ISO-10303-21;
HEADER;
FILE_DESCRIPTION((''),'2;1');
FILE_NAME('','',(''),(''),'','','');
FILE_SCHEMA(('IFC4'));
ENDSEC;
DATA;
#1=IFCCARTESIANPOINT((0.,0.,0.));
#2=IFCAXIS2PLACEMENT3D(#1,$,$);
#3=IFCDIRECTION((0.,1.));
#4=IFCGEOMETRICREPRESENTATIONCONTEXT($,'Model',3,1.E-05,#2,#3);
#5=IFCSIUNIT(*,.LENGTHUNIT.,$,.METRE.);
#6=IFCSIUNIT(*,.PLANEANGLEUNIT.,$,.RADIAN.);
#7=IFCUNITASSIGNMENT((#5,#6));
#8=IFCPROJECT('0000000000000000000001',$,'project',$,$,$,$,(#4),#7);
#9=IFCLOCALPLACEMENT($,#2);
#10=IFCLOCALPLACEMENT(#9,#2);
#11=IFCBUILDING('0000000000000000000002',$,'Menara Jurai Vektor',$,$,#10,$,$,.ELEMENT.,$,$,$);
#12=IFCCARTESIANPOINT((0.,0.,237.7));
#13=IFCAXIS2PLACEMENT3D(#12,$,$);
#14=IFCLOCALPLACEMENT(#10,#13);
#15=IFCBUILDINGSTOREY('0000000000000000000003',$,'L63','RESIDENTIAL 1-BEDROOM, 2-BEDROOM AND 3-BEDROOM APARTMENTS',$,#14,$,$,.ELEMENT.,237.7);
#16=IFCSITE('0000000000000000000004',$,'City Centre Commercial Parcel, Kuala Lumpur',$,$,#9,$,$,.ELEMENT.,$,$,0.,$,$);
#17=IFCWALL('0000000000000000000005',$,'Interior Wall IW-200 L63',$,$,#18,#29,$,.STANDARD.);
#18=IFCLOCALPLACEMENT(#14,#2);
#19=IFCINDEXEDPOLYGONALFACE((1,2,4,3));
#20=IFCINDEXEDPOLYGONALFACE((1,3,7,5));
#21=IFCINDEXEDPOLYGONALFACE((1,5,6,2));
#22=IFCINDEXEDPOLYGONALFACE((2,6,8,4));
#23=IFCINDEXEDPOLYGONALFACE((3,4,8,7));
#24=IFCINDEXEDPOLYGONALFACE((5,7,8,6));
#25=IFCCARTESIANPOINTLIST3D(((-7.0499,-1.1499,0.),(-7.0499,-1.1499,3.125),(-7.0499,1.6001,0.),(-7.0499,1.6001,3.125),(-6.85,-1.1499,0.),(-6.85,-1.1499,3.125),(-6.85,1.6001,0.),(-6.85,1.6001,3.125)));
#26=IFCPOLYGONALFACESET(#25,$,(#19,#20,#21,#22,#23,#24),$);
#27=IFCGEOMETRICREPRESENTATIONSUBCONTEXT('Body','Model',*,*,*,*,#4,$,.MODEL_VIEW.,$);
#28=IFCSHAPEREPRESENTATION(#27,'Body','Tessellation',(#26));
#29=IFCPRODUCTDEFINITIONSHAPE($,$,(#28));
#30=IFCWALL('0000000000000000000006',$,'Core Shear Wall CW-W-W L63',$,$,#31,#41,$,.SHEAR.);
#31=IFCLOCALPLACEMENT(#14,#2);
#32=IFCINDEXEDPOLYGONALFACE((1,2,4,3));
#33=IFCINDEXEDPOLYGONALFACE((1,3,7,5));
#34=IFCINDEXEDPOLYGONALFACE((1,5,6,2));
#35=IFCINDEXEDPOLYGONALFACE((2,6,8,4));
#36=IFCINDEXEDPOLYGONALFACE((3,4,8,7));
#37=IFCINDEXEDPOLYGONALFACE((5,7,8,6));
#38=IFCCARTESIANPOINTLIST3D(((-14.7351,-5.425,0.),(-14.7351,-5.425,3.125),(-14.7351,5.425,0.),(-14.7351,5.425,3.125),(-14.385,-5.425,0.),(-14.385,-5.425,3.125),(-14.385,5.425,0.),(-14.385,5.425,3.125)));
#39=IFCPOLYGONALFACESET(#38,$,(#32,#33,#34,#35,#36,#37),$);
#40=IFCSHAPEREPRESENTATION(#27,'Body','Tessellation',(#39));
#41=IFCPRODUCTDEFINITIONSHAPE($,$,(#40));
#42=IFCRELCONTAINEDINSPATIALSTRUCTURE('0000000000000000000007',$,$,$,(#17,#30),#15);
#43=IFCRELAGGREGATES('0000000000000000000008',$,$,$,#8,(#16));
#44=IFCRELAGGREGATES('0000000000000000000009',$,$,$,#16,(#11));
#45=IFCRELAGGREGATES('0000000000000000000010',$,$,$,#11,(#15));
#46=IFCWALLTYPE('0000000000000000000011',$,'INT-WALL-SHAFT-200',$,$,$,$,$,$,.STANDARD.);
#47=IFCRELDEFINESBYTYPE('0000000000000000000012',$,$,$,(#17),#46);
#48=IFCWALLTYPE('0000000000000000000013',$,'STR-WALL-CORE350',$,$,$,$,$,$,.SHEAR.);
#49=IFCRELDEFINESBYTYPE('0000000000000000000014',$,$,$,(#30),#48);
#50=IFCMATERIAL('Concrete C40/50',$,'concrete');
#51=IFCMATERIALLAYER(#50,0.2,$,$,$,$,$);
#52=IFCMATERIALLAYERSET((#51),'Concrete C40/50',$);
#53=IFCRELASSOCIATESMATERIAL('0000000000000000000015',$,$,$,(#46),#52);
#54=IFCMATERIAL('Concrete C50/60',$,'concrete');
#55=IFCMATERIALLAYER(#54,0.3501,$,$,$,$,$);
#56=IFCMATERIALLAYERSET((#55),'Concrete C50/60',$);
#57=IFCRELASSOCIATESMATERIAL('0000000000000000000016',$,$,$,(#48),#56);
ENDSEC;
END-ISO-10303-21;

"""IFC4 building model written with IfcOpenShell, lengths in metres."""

from ifc_helpers import new_model, si_unit, direction, frame, frame_2d, origin, place, context, subcontext, project, spatial, rectangle, extrude, material, layer, layer_set, type_object, element, save


model = new_model("IFC4")

# Units and contexts
model_context = context("Model", 3, precision=1e-05, world=origin(), true_north=direction((0.0, 1.0)))
body_context = subcontext(model_context, "Body", "Model", "MODEL_VIEW")
ifc_project = project(units=[si_unit("LENGTHUNIT", "METRE"), si_unit("PLANEANGLEUNIT", "RADIAN")], contexts=[model_context])

# Site, building, storey
site_placement = place(None, origin())
site = spatial("IfcSite", under=ifc_project, at=site_placement, Name="City Centre Commercial Parcel, Kuala Lumpur", CompositionType="ELEMENT", RefElevation=0.0)
building_placement = place(site_placement, origin())
building = spatial("IfcBuilding", under=site, at=building_placement, Name="Menara Jurai Vektor", CompositionType="ELEMENT")
storey_placement = place(building_placement, frame((0.0, 0.0, 237.7)))
storey = spatial("IfcBuildingStorey", under=building, at=storey_placement, Name="L63", Description="RESIDENTIAL 1-BEDROOM, 2-BEDROOM AND 3-BEDROOM APARTMENTS", CompositionType="ELEMENT", Elevation=237.7)

# Shared definitions
ifc_material_1 = material(Name="Concrete C50/60", Category="concrete")

# Shared definitions
ifc_material_2 = material(Name="Concrete C40/50", Category="concrete")

# Wall
ifc_layer_1 = layer(ifc_material_2, 0.2)
ifc_layer_set_1 = layer_set([ifc_layer_1], Name="Concrete C40/50")
wall_type_1 = type_object("IfcWallType", Name="INT-WALL-SHAFT-200", PredefinedType="STANDARD", material=ifc_layer_set_1)
wall_1_placement = place(storey_placement, frame((-6.95, -1.1499, 0.0), z_axis=(0.0, 0.0, 1.0), x_axis=(0.0, 1.0, 0.0)))
element("IfcWall", 1, at=wall_1_placement, inside=storey, type_object=wall_type_1, Name="Interior Wall IW-200 L63", PredefinedType="STANDARD", context=body_context, shape_type="SweptSolid", body=[
    extrude(rectangle(XDim=2.75, YDim=0.2, at=frame_2d((1.375, 0.0))), origin(), (0.0, 0.0, 1.0), 3.125),
])

# Wall
ifc_layer_2 = layer(ifc_material_1, 0.3501)
ifc_layer_set_2 = layer_set([ifc_layer_2], Name="Concrete C50/60")
wall_type_2 = type_object("IfcWallType", Name="STR-WALL-CORE350", PredefinedType="SHEAR", material=ifc_layer_set_2)
wall_2_placement = place(storey_placement, frame((-14.5601, -5.425, 0.0), z_axis=(0.0, 0.0, 1.0), x_axis=(0.0, 1.0, 0.0)))
element("IfcWall", 2, at=wall_2_placement, inside=storey, type_object=wall_type_2, Name="Core Shear Wall CW-W-W L63", PredefinedType="SHEAR", context=body_context, shape_type="SweptSolid", body=[
    extrude(rectangle(XDim=10.8501, YDim=0.3501, at=frame_2d((5.425, 0.0))), origin(), (0.0, 0.0, 1.0), 3.125),
])

save(model, "model.ifc")
